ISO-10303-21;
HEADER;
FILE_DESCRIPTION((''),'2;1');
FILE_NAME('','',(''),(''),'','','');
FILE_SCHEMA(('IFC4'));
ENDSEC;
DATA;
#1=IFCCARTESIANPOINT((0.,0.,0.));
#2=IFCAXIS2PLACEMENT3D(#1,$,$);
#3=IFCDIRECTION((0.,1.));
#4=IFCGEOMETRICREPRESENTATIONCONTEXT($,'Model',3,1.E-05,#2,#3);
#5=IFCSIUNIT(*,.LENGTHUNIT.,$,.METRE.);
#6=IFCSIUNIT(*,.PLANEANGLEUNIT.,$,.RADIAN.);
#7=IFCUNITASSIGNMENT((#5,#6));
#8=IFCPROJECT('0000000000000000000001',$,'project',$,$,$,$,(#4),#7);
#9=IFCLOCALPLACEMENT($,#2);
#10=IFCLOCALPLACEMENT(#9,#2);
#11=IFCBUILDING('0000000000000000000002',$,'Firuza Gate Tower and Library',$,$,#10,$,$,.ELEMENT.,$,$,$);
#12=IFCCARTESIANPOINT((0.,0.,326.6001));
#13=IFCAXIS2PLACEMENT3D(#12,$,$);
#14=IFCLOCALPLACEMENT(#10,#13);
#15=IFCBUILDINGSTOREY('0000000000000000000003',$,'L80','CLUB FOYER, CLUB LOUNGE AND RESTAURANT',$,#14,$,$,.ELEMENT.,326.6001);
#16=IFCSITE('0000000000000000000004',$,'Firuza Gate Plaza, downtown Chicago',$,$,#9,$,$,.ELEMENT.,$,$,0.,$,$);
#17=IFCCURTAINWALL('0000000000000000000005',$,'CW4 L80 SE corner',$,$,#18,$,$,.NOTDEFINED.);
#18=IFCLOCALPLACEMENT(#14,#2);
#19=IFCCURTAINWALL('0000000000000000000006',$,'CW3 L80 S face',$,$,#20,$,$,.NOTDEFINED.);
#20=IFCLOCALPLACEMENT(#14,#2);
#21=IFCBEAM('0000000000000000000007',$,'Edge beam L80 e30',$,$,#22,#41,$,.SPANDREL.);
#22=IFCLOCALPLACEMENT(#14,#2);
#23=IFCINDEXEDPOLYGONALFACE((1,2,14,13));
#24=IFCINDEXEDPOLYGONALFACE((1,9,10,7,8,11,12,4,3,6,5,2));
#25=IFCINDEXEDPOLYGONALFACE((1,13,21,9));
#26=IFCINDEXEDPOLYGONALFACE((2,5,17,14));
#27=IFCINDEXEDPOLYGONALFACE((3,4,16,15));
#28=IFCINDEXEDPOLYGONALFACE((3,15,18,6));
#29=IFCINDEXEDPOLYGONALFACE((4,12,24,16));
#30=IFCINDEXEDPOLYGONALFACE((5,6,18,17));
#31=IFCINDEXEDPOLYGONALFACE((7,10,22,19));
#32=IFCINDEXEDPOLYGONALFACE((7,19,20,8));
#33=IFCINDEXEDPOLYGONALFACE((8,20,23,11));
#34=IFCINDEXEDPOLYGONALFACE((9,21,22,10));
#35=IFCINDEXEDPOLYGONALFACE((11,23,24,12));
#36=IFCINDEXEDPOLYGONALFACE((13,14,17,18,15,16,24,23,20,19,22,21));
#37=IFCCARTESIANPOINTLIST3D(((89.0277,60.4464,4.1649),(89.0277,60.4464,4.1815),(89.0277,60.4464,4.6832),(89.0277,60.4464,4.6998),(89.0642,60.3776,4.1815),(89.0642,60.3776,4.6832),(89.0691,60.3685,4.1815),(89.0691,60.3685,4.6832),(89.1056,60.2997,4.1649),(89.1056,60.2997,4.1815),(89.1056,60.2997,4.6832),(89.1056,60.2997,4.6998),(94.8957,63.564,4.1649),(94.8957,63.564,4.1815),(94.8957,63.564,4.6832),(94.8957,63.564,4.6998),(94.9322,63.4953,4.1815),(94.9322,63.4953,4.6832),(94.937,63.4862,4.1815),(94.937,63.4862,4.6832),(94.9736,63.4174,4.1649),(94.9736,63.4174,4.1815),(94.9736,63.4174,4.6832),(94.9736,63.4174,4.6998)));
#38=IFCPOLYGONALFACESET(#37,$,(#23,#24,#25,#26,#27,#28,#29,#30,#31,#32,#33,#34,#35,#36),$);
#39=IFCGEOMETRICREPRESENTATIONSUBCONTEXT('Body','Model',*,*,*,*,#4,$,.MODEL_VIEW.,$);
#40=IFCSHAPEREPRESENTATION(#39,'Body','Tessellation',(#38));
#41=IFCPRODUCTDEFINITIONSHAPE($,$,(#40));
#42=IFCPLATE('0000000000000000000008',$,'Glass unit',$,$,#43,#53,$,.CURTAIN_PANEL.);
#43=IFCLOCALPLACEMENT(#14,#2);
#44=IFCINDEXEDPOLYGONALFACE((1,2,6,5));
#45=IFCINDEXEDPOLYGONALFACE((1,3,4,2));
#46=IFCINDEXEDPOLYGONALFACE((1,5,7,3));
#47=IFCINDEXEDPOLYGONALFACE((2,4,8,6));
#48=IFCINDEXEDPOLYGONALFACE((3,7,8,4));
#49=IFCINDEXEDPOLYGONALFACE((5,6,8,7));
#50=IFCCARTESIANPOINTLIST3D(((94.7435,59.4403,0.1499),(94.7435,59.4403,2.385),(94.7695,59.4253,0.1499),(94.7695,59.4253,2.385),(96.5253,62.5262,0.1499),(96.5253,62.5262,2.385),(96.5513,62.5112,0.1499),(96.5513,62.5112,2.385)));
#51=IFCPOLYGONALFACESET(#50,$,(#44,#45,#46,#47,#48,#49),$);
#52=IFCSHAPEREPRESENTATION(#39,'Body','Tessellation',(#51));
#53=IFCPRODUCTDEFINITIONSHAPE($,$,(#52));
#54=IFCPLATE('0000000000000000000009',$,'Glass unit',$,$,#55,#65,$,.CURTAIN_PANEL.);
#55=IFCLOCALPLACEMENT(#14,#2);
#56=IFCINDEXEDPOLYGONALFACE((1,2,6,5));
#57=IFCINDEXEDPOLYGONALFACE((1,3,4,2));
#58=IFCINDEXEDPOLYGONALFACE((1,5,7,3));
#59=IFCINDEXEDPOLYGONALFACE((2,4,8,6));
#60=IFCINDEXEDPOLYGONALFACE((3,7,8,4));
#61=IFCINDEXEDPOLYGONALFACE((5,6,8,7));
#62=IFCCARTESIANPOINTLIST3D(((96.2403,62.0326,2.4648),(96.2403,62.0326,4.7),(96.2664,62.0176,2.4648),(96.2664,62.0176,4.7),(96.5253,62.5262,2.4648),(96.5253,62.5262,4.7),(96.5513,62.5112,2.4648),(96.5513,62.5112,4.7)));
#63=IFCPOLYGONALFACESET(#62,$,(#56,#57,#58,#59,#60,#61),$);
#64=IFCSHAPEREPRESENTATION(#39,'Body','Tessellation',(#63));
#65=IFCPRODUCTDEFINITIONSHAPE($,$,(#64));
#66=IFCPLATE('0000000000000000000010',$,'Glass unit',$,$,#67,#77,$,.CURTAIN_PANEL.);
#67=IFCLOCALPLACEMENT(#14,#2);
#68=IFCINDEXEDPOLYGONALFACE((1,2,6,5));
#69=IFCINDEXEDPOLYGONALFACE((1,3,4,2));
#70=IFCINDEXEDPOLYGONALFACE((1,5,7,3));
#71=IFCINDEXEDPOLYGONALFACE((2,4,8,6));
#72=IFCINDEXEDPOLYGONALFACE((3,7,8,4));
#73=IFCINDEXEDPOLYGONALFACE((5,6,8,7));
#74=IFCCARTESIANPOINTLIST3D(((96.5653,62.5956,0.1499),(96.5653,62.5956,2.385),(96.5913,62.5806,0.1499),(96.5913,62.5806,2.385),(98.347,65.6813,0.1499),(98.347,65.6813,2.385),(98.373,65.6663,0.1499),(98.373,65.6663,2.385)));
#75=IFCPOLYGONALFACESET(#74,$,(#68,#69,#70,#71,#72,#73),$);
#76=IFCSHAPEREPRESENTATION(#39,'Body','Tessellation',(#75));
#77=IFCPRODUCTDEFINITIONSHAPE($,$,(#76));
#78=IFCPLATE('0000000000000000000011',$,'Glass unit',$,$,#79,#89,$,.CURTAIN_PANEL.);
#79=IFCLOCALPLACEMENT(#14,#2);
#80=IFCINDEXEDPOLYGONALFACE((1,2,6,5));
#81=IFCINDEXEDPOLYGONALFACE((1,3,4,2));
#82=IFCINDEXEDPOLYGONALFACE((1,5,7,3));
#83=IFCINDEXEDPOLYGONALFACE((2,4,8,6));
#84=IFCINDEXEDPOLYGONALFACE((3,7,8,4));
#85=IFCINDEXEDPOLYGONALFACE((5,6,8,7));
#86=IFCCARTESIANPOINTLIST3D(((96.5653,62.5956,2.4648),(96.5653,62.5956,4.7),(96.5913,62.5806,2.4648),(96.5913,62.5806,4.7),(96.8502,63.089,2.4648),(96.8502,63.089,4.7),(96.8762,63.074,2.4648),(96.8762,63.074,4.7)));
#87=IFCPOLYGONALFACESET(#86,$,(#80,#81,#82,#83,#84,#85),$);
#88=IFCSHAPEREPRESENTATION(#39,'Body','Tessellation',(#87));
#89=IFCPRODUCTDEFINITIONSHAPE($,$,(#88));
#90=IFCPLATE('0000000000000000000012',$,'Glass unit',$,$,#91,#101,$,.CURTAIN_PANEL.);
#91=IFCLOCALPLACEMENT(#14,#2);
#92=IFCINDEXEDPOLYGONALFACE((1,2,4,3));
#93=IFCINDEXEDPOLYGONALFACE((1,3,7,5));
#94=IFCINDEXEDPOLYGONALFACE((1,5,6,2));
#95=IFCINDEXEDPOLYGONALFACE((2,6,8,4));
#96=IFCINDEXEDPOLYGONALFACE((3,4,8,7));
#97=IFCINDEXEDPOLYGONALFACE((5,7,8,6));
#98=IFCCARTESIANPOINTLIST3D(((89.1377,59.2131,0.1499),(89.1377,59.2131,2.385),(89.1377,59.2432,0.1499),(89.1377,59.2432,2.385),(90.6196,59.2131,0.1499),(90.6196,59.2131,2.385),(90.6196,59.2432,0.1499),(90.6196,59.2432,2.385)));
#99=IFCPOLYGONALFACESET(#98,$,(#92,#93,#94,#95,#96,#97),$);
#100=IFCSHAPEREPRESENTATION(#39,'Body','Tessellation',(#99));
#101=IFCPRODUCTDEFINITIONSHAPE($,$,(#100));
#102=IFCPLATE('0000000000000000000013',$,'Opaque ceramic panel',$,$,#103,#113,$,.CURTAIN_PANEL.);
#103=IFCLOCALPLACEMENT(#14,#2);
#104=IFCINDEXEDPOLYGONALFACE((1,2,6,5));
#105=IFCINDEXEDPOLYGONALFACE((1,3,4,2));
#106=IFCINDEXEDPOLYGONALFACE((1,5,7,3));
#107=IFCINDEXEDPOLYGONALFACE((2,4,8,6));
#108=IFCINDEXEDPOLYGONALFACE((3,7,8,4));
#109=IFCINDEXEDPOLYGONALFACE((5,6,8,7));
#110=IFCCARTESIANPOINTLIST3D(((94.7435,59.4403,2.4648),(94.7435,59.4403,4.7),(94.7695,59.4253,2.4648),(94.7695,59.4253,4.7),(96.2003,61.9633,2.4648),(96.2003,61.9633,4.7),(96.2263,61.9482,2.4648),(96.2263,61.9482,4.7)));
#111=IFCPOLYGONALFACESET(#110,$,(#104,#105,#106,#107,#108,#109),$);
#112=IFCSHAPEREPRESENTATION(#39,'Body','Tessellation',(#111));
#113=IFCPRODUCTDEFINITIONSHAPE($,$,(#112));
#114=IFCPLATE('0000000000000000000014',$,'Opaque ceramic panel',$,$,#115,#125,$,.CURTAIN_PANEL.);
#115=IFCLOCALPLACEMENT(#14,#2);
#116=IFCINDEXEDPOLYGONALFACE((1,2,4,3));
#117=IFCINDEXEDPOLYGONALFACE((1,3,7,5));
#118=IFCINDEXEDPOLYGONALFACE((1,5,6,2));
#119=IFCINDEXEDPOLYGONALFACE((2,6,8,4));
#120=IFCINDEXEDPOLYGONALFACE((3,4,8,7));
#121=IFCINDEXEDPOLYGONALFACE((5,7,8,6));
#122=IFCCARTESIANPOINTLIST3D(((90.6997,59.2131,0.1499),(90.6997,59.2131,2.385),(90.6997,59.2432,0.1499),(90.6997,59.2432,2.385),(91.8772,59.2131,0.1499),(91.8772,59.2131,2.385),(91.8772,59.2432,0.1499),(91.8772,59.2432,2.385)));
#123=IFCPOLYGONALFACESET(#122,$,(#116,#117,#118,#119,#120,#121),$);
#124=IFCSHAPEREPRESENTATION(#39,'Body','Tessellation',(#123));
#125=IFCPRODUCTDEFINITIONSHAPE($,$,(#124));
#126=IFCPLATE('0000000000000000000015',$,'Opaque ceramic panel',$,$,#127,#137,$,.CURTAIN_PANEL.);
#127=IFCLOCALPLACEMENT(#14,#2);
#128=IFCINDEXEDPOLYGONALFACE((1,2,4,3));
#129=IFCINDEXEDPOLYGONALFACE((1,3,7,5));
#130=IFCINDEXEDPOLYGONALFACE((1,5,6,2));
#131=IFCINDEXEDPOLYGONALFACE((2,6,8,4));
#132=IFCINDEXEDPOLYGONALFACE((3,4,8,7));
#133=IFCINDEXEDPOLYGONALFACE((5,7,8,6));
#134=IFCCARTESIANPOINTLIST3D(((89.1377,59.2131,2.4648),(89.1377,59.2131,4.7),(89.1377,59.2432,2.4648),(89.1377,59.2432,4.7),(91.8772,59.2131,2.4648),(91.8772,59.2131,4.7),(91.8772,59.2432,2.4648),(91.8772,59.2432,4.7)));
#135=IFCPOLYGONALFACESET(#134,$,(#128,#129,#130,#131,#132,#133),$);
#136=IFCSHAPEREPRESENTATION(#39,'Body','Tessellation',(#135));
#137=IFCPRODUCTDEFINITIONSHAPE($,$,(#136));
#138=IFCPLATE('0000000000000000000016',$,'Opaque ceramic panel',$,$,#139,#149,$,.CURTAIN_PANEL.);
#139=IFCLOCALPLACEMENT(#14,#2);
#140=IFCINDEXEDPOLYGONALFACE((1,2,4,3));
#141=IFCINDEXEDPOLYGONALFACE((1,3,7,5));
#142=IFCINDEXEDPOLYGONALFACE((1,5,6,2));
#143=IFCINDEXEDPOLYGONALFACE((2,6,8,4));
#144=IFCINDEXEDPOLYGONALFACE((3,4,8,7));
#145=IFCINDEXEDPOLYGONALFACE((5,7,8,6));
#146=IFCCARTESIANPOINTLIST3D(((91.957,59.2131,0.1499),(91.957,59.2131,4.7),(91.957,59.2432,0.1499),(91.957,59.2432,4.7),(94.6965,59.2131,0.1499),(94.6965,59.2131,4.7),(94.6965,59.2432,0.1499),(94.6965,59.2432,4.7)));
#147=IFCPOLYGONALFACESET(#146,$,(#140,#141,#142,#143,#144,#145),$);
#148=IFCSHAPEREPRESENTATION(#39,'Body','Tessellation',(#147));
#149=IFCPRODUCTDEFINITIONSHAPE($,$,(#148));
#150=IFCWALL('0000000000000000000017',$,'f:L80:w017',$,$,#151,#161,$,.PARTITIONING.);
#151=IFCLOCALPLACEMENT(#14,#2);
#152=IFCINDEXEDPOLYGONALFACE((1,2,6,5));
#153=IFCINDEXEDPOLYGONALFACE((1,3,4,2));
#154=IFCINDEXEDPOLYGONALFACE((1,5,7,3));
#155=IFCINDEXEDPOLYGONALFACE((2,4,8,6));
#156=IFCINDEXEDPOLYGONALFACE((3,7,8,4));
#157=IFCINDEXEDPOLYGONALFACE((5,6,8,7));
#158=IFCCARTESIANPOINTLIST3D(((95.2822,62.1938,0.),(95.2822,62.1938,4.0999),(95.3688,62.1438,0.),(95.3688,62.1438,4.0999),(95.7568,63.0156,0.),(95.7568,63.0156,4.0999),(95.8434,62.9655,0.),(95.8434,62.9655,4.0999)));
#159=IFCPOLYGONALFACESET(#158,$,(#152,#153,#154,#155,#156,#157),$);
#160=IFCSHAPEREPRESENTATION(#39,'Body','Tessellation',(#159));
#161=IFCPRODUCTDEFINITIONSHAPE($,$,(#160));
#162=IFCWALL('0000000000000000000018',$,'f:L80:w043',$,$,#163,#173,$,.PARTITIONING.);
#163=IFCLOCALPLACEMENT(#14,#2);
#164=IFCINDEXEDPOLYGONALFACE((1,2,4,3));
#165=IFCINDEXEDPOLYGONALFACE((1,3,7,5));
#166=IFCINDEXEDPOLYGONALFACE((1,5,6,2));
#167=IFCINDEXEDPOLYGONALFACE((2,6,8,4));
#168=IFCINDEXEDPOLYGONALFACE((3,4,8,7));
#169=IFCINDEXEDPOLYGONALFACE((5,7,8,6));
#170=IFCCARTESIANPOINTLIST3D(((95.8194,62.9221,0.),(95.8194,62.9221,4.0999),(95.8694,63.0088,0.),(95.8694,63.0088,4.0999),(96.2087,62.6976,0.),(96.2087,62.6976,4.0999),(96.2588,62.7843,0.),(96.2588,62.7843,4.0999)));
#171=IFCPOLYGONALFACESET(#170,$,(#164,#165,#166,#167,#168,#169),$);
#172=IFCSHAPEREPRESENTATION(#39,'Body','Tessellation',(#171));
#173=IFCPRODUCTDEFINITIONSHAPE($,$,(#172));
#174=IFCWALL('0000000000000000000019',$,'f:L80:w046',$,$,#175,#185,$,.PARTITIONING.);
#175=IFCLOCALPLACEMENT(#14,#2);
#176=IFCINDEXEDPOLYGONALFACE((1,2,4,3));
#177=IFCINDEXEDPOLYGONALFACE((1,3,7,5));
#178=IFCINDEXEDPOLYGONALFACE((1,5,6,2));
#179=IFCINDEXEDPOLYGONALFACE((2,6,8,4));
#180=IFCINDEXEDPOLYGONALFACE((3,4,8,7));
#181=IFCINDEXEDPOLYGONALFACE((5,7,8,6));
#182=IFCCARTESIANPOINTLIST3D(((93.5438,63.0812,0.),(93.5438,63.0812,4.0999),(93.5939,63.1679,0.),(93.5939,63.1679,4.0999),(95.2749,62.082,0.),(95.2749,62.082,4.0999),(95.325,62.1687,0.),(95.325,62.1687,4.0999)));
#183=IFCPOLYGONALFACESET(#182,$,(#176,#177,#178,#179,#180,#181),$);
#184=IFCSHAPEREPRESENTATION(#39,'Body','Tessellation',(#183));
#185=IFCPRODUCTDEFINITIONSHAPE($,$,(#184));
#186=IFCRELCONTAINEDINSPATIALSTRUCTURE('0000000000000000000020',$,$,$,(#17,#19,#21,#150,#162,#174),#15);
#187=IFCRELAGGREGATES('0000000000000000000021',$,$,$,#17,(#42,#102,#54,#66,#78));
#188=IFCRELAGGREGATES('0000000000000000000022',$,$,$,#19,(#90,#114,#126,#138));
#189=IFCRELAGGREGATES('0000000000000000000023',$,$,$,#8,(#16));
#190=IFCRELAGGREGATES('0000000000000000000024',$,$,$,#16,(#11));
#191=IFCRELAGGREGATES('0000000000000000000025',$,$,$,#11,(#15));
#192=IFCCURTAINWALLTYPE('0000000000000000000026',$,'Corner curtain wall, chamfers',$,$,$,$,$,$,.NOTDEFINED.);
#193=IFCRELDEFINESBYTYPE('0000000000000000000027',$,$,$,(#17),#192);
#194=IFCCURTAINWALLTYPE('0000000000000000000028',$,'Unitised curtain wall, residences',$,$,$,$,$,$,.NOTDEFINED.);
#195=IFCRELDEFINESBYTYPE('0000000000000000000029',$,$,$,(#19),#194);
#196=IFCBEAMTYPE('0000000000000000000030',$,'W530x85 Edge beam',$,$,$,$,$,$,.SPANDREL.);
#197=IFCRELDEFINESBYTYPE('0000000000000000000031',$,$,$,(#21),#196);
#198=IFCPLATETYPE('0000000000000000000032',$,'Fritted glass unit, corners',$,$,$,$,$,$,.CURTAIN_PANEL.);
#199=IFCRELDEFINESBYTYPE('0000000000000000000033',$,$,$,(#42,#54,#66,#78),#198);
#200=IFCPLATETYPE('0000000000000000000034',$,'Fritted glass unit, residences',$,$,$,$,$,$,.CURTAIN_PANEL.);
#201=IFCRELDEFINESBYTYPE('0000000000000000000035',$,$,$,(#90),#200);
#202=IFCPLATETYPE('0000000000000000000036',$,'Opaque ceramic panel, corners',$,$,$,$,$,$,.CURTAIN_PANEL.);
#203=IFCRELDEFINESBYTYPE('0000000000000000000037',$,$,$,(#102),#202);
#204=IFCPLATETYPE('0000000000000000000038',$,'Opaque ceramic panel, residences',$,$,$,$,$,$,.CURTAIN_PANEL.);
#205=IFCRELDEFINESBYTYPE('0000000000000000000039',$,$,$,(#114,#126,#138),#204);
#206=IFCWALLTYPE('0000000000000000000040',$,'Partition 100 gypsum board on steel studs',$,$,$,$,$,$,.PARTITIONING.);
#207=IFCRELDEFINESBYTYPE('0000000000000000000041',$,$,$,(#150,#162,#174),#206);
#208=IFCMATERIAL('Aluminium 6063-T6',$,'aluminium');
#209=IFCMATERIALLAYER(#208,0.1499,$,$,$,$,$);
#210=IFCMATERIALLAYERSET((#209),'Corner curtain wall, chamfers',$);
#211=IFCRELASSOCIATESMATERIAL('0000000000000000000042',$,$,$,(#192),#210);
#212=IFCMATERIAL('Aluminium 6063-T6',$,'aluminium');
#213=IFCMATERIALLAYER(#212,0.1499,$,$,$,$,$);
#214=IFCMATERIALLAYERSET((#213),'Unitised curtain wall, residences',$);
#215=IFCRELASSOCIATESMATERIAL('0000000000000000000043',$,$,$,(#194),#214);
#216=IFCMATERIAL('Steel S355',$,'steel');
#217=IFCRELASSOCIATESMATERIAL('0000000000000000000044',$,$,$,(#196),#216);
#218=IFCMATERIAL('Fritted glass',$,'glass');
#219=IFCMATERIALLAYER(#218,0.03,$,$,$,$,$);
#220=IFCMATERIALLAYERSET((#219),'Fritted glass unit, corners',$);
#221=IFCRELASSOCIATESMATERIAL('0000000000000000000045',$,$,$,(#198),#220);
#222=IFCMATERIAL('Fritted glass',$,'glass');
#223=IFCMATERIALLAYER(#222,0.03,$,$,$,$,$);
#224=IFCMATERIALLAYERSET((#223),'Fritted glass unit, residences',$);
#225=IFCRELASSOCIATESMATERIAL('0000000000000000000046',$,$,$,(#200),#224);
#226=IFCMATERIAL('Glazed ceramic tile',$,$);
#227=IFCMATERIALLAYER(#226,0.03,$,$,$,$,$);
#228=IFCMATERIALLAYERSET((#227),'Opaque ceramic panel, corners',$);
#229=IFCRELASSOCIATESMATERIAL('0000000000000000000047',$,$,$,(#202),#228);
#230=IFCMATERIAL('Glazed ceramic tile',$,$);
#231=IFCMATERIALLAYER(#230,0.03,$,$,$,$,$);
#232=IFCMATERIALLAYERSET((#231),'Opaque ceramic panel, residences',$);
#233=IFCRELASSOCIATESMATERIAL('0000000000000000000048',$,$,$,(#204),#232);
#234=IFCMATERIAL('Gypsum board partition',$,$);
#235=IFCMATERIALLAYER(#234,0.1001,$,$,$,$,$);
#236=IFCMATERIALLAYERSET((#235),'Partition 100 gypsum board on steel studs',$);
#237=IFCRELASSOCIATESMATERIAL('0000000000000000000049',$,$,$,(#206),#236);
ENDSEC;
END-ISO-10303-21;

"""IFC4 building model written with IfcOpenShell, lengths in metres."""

from ifc_helpers import new_model, si_unit, direction, frame, frame_2d, origin, origin_2d, place, context, subcontext, project, spatial, polyline, rectangle, i_section, outline, extrude, material, layer, layer_set, material_profile, profile_set, type_object, element, aggregate, save


model = new_model("IFC4")

# Units and contexts
model_context = context("Model", 3, precision=1e-05, world=origin(), true_north=direction((0.0, 1.0)))
body_context = subcontext(model_context, "Body", "Model", "MODEL_VIEW")
ifc_project = project(units=[si_unit("LENGTHUNIT", "METRE"), si_unit("PLANEANGLEUNIT", "RADIAN")], contexts=[model_context])

# Site, building, storey
site_placement = place(None, origin())
site = spatial("IfcSite", under=ifc_project, at=site_placement, Name="Firuza Gate Plaza, downtown Chicago", CompositionType="ELEMENT", RefElevation=0.0)
building_placement = place(site_placement, origin())
building = spatial("IfcBuilding", under=site, at=building_placement, Name="Firuza Gate Tower and Library", CompositionType="ELEMENT")
storey_placement = place(building_placement, frame((0.0, 0.0, 326.6001)))
storey = spatial("IfcBuildingStorey", under=building, at=storey_placement, Name="L80", Description="CLUB FOYER, CLUB LOUNGE AND RESTAURANT", CompositionType="ELEMENT", Elevation=326.6001)

# Curtain walls
ifc_material_1 = material(Name="Aluminium 6063-T6", Category="aluminium")
ifc_layer_1 = layer(ifc_material_1, 0.1499)
ifc_layer_set_1 = layer_set([ifc_layer_1], Name="Corner curtain wall, chamfers")
curtain_wall_type_1 = type_object("IfcCurtainWallType", Name="Corner curtain wall, chamfers", PredefinedType="NOTDEFINED", material=ifc_layer_set_1)
placement = place(storey_placement, origin())
curtain_wall_1 = element("IfcCurtainWall", 1, at=placement, inside=storey, type_object=curtain_wall_type_1, Name="CW4 L80 SE corner", PredefinedType="NOTDEFINED")
ifc_material_2 = material(Name="Aluminium 6063-T6", Category="aluminium")
ifc_layer_2 = layer(ifc_material_2, 0.1499)
ifc_layer_set_2 = layer_set([ifc_layer_2], Name="Unitised curtain wall, residences")
curtain_wall_type_2 = type_object("IfcCurtainWallType", Name="Unitised curtain wall, residences", PredefinedType="NOTDEFINED", material=ifc_layer_set_2)
curtain_wall_2 = element("IfcCurtainWall", 2, at=placement, inside=storey, type_object=curtain_wall_type_2, Name="CW3 L80 S face", PredefinedType="NOTDEFINED")

# Beam
ifc_material_3 = material(Name="Steel S355", Category="steel")
ifc_material_profile_1 = material_profile(ifc_material_3, i_section(OverallWidth=0.166, OverallDepth=0.5349, WebThickness=0.0103, FlangeThickness=0.0166, at=origin_2d()))
ifc_profile_set_1 = profile_set([ifc_material_profile_1], Name="Steel S355")
beam_type_1 = type_object("IfcBeamType", Name="W530x85 Edge beam", PredefinedType="SPANDREL", material=ifc_profile_set_1)
beam_1_placement = place(storey_placement, frame((89.0667, 60.373, 4.4324), z_axis=(0.883094, 0.469196, 0.0), x_axis=(-0.469196, 0.883094, 0.0)))
element("IfcBeam", 3, at=beam_1_placement, inside=storey, type_object=beam_type_1, Name="Edge beam L80 e30", PredefinedType="SPANDREL", context=body_context, shape_type="SweptSolid", body=[
    extrude(i_section(OverallWidth=0.166, OverallDepth=0.5349, WebThickness=0.0103, FlangeThickness=0.0166, at=origin_2d()), origin(), (0.0, 0.0, 1.0), 6.6448),
])

# Plates
ifc_material_4 = material(Name="Fritted glass", Category="glass")
ifc_layer_3 = layer(ifc_material_4, 0.03)
ifc_layer_set_3 = layer_set([ifc_layer_3], Name="Fritted glass unit, corners")
plate_type_1 = type_object("IfcPlateType", Name="Fritted glass unit, corners", PredefinedType="CURTAIN_PANEL", material=ifc_layer_set_3)
plate_1_placement = place(storey_placement, frame((94.7695, 59.4253, 0.1499), z_axis=(0.866017, -0.500015, 0.0), x_axis=(0.500015, 0.866017, 0.0)))
plate_1 = element("IfcPlate", 4, at=plate_1_placement, type_object=plate_type_1, Name="Glass unit", PredefinedType="CURTAIN_PANEL", context=body_context, shape_type="SweptSolid", body=[
    extrude(outline(polyline([(0.0, 0.0), (3.5634, 0.0), (3.5634, 2.2351), (0.0, 2.2351), (0.0, 0.0)])), origin(), (0.0, 0.0, -1.0), 0.03),
])
plate_2_placement = place(storey_placement, frame((96.2664, 62.0176, 2.4648), z_axis=(0.8661, -0.499871, 0.0), x_axis=(0.499871, 0.8661, 0.0)))
plate_2 = element("IfcPlate", 5, at=plate_2_placement, type_object=plate_type_1, Name="Glass unit", PredefinedType="CURTAIN_PANEL", context=body_context, shape_type="SweptSolid", body=[
    extrude(outline(polyline([(0.0, 0.0), (0.57, 0.0), (0.57, 2.2351), (0.0, 2.2351), (0.0, 0.0)])), origin(), (0.0, 0.0, -1.0), 0.03),
])
plate_3_placement = place(storey_placement, frame((96.5913, 62.5806, 0.1499), z_axis=(0.866, -0.500045, 0.0), x_axis=(0.500045, 0.866, 0.0)))
plate_3 = element("IfcPlate", 6, at=plate_3_placement, type_object=plate_type_1, Name="Glass unit", PredefinedType="CURTAIN_PANEL", context=body_context, shape_type="SweptSolid", body=[
    extrude(outline(polyline([(0.0, 0.0), (3.5632, 0.0), (3.5632, 2.2351), (0.0, 2.2351), (0.0, 0.0)])), origin(), (0.0, 0.0, -1.0), 0.03),
])
plate_4_placement = place(storey_placement, frame((96.5913, 62.5806, 2.4648), z_axis=(0.865993, -0.500056, 0.0), x_axis=(0.500056, 0.865993, 0.0)))
plate_4 = element("IfcPlate", 7, at=plate_4_placement, type_object=plate_type_1, Name="Glass unit", PredefinedType="CURTAIN_PANEL", context=body_context, shape_type="SweptSolid", body=[
    extrude(outline(polyline([(0.0, 0.0), (0.5698, 0.0), (0.5698, 2.2351), (0.0, 2.2351), (0.0, 0.0)])), origin(), (0.0, 0.0, -1.0), 0.03),
])
ifc_material_5 = material(Name="Fritted glass", Category="glass")
ifc_layer_4 = layer(ifc_material_5, 0.03)
ifc_layer_set_4 = layer_set([ifc_layer_4], Name="Fritted glass unit, residences")
plate_type_2 = type_object("IfcPlateType", Name="Fritted glass unit, residences", PredefinedType="CURTAIN_PANEL", material=ifc_layer_set_4)
plate_5_placement = place(storey_placement, frame((89.1377, 59.2131, 0.1499), z_axis=(0.0, -1.0, 0.0), x_axis=(1.0, 0.0, 0.0)))
plate_5 = element("IfcPlate", 8, at=plate_5_placement, type_object=plate_type_2, Name="Glass unit", PredefinedType="CURTAIN_PANEL", context=body_context, shape_type="SweptSolid", body=[
    extrude(outline(polyline([(0.0, 0.0), (1.4819, 0.0), (1.4819, 2.2351), (0.0, 2.2351), (0.0, 0.0)])), origin(), (0.0, 0.0, -1.0), 0.03),
])
ifc_material_6 = material(Name="Glazed ceramic tile")
ifc_layer_5 = layer(ifc_material_6, 0.03)
ifc_layer_set_5 = layer_set([ifc_layer_5], Name="Opaque ceramic panel, corners")
plate_type_3 = type_object("IfcPlateType", Name="Opaque ceramic panel, corners", PredefinedType="CURTAIN_PANEL", material=ifc_layer_set_5)
plate_6_placement = place(storey_placement, frame((94.7695, 59.4253, 2.4648), z_axis=(0.866001, -0.500042, 0.0), x_axis=(0.500042, 0.866001, 0.0)))
plate_6 = element("IfcPlate", 9, at=plate_6_placement, type_object=plate_type_3, Name="Opaque ceramic panel", PredefinedType="CURTAIN_PANEL", context=body_context, shape_type="SweptSolid", body=[
    extrude(outline(polyline([(0.0, 0.0), (2.9133, 0.0), (2.9133, 2.2351), (0.0, 2.2351), (0.0, 0.0)])), origin(), (0.0, 0.0, -1.0), 0.03),
])
aggregate(curtain_wall_1, [plate_1, plate_6, plate_2, plate_3, plate_4])
ifc_material_7 = material(Name="Glazed ceramic tile")
ifc_layer_6 = layer(ifc_material_7, 0.03)
ifc_layer_set_6 = layer_set([ifc_layer_6], Name="Opaque ceramic panel, residences")
plate_type_4 = type_object("IfcPlateType", Name="Opaque ceramic panel, residences", PredefinedType="CURTAIN_PANEL", material=ifc_layer_set_6)
plate_7_placement = place(storey_placement, frame((90.6997, 59.2131, 0.1499), z_axis=(0.0, -1.0, 0.0), x_axis=(1.0, 0.0, 0.0)))
plate_7 = element("IfcPlate", 10, at=plate_7_placement, type_object=plate_type_4, Name="Opaque ceramic panel", PredefinedType="CURTAIN_PANEL", context=body_context, shape_type="SweptSolid", body=[
    extrude(outline(polyline([(0.0, 0.0), (1.1775, 0.0), (1.1775, 2.2351), (0.0, 2.2351), (0.0, 0.0)])), origin(), (0.0, 0.0, -1.0), 0.03),
])
plate_8_placement = place(storey_placement, frame((89.1377, 59.2131, 2.4648), z_axis=(0.0, -1.0, 0.0), x_axis=(1.0, 0.0, 0.0)))
plate_8 = element("IfcPlate", 11, at=plate_8_placement, type_object=plate_type_4, Name="Opaque ceramic panel", PredefinedType="CURTAIN_PANEL", context=body_context, shape_type="SweptSolid", body=[
    extrude(outline(polyline([(0.0, 0.0), (2.7395, 0.0), (2.7395, 2.2351), (0.0, 2.2351), (0.0, 0.0)])), origin(), (0.0, 0.0, -1.0), 0.03),
])
plate_9_placement = place(storey_placement, frame((91.957, 59.2131, 0.1499), z_axis=(0.0, -1.0, 0.0), x_axis=(1.0, 0.0, 0.0)))
plate_9 = element("IfcPlate", 12, at=plate_9_placement, type_object=plate_type_4, Name="Opaque ceramic panel", PredefinedType="CURTAIN_PANEL", context=body_context, shape_type="SweptSolid", body=[
    extrude(outline(polyline([(0.0, 0.0), (2.7395, 0.0), (2.7395, 4.55), (0.0, 4.55), (0.0, 0.0)])), origin(), (0.0, 0.0, -1.0), 0.03),
])
aggregate(curtain_wall_2, [plate_5, plate_7, plate_8, plate_9])

# Walls
ifc_material_8 = material(Name="Gypsum board partition")
ifc_layer_7 = layer(ifc_material_8, 0.1001)
ifc_layer_set_7 = layer_set([ifc_layer_7], Name="Partition 100 gypsum board on steel studs")
wall_type = type_object("IfcWallType", Name="Partition 100 gypsum board on steel studs", PredefinedType="PARTITIONING", material=ifc_layer_set_7)
wall_1_placement = place(storey_placement, frame((95.3254, 62.1687, 0.0), z_axis=(0.0, 0.0, 1.0), x_axis=(0.500123, 0.865954, 0.0)))
element("IfcWall", 13, at=wall_1_placement, inside=storey, type_object=wall_type, Name="f:L80:w017", PredefinedType="PARTITIONING", context=body_context, shape_type="SweptSolid", body=[
    extrude(rectangle(XDim=0.949, YDim=0.1001, at=frame_2d((0.4746, 0.0))), origin(), (0.0, 0.0, 1.0), 4.0999),
])
wall_2_placement = place(storey_placement, frame((96.2336, 62.741, 0.0), z_axis=(0.0, 0.0, 1.0), x_axis=(-0.866231, 0.499644, 0.0)))
element("IfcWall", 14, at=wall_2_placement, inside=storey, type_object=wall_type, Name="f:L80:w043", PredefinedType="PARTITIONING", context=body_context, shape_type="SweptSolid", body=[
    extrude(rectangle(XDim=0.4495, YDim=0.1001, at=frame_2d((0.2246, 0.0))), origin(), (0.0, 0.0, 1.0), 4.0999),
])
wall_3_placement = place(storey_placement, frame((95.3, 62.1252, 0.0), z_axis=(0.0, 0.0, 1.0), x_axis=(-0.866078, 0.499909, 0.0)))
element("IfcWall", 15, at=wall_3_placement, inside=storey, type_object=wall_type, Name="f:L80:w046", PredefinedType="PARTITIONING", context=body_context, shape_type="SweptSolid", body=[
    extrude(rectangle(XDim=1.9988, YDim=0.1001, at=frame_2d((0.9995, 0.0))), origin(), (0.0, 0.0, 1.0), 4.0999),
])

save(model, "model.ifc")
